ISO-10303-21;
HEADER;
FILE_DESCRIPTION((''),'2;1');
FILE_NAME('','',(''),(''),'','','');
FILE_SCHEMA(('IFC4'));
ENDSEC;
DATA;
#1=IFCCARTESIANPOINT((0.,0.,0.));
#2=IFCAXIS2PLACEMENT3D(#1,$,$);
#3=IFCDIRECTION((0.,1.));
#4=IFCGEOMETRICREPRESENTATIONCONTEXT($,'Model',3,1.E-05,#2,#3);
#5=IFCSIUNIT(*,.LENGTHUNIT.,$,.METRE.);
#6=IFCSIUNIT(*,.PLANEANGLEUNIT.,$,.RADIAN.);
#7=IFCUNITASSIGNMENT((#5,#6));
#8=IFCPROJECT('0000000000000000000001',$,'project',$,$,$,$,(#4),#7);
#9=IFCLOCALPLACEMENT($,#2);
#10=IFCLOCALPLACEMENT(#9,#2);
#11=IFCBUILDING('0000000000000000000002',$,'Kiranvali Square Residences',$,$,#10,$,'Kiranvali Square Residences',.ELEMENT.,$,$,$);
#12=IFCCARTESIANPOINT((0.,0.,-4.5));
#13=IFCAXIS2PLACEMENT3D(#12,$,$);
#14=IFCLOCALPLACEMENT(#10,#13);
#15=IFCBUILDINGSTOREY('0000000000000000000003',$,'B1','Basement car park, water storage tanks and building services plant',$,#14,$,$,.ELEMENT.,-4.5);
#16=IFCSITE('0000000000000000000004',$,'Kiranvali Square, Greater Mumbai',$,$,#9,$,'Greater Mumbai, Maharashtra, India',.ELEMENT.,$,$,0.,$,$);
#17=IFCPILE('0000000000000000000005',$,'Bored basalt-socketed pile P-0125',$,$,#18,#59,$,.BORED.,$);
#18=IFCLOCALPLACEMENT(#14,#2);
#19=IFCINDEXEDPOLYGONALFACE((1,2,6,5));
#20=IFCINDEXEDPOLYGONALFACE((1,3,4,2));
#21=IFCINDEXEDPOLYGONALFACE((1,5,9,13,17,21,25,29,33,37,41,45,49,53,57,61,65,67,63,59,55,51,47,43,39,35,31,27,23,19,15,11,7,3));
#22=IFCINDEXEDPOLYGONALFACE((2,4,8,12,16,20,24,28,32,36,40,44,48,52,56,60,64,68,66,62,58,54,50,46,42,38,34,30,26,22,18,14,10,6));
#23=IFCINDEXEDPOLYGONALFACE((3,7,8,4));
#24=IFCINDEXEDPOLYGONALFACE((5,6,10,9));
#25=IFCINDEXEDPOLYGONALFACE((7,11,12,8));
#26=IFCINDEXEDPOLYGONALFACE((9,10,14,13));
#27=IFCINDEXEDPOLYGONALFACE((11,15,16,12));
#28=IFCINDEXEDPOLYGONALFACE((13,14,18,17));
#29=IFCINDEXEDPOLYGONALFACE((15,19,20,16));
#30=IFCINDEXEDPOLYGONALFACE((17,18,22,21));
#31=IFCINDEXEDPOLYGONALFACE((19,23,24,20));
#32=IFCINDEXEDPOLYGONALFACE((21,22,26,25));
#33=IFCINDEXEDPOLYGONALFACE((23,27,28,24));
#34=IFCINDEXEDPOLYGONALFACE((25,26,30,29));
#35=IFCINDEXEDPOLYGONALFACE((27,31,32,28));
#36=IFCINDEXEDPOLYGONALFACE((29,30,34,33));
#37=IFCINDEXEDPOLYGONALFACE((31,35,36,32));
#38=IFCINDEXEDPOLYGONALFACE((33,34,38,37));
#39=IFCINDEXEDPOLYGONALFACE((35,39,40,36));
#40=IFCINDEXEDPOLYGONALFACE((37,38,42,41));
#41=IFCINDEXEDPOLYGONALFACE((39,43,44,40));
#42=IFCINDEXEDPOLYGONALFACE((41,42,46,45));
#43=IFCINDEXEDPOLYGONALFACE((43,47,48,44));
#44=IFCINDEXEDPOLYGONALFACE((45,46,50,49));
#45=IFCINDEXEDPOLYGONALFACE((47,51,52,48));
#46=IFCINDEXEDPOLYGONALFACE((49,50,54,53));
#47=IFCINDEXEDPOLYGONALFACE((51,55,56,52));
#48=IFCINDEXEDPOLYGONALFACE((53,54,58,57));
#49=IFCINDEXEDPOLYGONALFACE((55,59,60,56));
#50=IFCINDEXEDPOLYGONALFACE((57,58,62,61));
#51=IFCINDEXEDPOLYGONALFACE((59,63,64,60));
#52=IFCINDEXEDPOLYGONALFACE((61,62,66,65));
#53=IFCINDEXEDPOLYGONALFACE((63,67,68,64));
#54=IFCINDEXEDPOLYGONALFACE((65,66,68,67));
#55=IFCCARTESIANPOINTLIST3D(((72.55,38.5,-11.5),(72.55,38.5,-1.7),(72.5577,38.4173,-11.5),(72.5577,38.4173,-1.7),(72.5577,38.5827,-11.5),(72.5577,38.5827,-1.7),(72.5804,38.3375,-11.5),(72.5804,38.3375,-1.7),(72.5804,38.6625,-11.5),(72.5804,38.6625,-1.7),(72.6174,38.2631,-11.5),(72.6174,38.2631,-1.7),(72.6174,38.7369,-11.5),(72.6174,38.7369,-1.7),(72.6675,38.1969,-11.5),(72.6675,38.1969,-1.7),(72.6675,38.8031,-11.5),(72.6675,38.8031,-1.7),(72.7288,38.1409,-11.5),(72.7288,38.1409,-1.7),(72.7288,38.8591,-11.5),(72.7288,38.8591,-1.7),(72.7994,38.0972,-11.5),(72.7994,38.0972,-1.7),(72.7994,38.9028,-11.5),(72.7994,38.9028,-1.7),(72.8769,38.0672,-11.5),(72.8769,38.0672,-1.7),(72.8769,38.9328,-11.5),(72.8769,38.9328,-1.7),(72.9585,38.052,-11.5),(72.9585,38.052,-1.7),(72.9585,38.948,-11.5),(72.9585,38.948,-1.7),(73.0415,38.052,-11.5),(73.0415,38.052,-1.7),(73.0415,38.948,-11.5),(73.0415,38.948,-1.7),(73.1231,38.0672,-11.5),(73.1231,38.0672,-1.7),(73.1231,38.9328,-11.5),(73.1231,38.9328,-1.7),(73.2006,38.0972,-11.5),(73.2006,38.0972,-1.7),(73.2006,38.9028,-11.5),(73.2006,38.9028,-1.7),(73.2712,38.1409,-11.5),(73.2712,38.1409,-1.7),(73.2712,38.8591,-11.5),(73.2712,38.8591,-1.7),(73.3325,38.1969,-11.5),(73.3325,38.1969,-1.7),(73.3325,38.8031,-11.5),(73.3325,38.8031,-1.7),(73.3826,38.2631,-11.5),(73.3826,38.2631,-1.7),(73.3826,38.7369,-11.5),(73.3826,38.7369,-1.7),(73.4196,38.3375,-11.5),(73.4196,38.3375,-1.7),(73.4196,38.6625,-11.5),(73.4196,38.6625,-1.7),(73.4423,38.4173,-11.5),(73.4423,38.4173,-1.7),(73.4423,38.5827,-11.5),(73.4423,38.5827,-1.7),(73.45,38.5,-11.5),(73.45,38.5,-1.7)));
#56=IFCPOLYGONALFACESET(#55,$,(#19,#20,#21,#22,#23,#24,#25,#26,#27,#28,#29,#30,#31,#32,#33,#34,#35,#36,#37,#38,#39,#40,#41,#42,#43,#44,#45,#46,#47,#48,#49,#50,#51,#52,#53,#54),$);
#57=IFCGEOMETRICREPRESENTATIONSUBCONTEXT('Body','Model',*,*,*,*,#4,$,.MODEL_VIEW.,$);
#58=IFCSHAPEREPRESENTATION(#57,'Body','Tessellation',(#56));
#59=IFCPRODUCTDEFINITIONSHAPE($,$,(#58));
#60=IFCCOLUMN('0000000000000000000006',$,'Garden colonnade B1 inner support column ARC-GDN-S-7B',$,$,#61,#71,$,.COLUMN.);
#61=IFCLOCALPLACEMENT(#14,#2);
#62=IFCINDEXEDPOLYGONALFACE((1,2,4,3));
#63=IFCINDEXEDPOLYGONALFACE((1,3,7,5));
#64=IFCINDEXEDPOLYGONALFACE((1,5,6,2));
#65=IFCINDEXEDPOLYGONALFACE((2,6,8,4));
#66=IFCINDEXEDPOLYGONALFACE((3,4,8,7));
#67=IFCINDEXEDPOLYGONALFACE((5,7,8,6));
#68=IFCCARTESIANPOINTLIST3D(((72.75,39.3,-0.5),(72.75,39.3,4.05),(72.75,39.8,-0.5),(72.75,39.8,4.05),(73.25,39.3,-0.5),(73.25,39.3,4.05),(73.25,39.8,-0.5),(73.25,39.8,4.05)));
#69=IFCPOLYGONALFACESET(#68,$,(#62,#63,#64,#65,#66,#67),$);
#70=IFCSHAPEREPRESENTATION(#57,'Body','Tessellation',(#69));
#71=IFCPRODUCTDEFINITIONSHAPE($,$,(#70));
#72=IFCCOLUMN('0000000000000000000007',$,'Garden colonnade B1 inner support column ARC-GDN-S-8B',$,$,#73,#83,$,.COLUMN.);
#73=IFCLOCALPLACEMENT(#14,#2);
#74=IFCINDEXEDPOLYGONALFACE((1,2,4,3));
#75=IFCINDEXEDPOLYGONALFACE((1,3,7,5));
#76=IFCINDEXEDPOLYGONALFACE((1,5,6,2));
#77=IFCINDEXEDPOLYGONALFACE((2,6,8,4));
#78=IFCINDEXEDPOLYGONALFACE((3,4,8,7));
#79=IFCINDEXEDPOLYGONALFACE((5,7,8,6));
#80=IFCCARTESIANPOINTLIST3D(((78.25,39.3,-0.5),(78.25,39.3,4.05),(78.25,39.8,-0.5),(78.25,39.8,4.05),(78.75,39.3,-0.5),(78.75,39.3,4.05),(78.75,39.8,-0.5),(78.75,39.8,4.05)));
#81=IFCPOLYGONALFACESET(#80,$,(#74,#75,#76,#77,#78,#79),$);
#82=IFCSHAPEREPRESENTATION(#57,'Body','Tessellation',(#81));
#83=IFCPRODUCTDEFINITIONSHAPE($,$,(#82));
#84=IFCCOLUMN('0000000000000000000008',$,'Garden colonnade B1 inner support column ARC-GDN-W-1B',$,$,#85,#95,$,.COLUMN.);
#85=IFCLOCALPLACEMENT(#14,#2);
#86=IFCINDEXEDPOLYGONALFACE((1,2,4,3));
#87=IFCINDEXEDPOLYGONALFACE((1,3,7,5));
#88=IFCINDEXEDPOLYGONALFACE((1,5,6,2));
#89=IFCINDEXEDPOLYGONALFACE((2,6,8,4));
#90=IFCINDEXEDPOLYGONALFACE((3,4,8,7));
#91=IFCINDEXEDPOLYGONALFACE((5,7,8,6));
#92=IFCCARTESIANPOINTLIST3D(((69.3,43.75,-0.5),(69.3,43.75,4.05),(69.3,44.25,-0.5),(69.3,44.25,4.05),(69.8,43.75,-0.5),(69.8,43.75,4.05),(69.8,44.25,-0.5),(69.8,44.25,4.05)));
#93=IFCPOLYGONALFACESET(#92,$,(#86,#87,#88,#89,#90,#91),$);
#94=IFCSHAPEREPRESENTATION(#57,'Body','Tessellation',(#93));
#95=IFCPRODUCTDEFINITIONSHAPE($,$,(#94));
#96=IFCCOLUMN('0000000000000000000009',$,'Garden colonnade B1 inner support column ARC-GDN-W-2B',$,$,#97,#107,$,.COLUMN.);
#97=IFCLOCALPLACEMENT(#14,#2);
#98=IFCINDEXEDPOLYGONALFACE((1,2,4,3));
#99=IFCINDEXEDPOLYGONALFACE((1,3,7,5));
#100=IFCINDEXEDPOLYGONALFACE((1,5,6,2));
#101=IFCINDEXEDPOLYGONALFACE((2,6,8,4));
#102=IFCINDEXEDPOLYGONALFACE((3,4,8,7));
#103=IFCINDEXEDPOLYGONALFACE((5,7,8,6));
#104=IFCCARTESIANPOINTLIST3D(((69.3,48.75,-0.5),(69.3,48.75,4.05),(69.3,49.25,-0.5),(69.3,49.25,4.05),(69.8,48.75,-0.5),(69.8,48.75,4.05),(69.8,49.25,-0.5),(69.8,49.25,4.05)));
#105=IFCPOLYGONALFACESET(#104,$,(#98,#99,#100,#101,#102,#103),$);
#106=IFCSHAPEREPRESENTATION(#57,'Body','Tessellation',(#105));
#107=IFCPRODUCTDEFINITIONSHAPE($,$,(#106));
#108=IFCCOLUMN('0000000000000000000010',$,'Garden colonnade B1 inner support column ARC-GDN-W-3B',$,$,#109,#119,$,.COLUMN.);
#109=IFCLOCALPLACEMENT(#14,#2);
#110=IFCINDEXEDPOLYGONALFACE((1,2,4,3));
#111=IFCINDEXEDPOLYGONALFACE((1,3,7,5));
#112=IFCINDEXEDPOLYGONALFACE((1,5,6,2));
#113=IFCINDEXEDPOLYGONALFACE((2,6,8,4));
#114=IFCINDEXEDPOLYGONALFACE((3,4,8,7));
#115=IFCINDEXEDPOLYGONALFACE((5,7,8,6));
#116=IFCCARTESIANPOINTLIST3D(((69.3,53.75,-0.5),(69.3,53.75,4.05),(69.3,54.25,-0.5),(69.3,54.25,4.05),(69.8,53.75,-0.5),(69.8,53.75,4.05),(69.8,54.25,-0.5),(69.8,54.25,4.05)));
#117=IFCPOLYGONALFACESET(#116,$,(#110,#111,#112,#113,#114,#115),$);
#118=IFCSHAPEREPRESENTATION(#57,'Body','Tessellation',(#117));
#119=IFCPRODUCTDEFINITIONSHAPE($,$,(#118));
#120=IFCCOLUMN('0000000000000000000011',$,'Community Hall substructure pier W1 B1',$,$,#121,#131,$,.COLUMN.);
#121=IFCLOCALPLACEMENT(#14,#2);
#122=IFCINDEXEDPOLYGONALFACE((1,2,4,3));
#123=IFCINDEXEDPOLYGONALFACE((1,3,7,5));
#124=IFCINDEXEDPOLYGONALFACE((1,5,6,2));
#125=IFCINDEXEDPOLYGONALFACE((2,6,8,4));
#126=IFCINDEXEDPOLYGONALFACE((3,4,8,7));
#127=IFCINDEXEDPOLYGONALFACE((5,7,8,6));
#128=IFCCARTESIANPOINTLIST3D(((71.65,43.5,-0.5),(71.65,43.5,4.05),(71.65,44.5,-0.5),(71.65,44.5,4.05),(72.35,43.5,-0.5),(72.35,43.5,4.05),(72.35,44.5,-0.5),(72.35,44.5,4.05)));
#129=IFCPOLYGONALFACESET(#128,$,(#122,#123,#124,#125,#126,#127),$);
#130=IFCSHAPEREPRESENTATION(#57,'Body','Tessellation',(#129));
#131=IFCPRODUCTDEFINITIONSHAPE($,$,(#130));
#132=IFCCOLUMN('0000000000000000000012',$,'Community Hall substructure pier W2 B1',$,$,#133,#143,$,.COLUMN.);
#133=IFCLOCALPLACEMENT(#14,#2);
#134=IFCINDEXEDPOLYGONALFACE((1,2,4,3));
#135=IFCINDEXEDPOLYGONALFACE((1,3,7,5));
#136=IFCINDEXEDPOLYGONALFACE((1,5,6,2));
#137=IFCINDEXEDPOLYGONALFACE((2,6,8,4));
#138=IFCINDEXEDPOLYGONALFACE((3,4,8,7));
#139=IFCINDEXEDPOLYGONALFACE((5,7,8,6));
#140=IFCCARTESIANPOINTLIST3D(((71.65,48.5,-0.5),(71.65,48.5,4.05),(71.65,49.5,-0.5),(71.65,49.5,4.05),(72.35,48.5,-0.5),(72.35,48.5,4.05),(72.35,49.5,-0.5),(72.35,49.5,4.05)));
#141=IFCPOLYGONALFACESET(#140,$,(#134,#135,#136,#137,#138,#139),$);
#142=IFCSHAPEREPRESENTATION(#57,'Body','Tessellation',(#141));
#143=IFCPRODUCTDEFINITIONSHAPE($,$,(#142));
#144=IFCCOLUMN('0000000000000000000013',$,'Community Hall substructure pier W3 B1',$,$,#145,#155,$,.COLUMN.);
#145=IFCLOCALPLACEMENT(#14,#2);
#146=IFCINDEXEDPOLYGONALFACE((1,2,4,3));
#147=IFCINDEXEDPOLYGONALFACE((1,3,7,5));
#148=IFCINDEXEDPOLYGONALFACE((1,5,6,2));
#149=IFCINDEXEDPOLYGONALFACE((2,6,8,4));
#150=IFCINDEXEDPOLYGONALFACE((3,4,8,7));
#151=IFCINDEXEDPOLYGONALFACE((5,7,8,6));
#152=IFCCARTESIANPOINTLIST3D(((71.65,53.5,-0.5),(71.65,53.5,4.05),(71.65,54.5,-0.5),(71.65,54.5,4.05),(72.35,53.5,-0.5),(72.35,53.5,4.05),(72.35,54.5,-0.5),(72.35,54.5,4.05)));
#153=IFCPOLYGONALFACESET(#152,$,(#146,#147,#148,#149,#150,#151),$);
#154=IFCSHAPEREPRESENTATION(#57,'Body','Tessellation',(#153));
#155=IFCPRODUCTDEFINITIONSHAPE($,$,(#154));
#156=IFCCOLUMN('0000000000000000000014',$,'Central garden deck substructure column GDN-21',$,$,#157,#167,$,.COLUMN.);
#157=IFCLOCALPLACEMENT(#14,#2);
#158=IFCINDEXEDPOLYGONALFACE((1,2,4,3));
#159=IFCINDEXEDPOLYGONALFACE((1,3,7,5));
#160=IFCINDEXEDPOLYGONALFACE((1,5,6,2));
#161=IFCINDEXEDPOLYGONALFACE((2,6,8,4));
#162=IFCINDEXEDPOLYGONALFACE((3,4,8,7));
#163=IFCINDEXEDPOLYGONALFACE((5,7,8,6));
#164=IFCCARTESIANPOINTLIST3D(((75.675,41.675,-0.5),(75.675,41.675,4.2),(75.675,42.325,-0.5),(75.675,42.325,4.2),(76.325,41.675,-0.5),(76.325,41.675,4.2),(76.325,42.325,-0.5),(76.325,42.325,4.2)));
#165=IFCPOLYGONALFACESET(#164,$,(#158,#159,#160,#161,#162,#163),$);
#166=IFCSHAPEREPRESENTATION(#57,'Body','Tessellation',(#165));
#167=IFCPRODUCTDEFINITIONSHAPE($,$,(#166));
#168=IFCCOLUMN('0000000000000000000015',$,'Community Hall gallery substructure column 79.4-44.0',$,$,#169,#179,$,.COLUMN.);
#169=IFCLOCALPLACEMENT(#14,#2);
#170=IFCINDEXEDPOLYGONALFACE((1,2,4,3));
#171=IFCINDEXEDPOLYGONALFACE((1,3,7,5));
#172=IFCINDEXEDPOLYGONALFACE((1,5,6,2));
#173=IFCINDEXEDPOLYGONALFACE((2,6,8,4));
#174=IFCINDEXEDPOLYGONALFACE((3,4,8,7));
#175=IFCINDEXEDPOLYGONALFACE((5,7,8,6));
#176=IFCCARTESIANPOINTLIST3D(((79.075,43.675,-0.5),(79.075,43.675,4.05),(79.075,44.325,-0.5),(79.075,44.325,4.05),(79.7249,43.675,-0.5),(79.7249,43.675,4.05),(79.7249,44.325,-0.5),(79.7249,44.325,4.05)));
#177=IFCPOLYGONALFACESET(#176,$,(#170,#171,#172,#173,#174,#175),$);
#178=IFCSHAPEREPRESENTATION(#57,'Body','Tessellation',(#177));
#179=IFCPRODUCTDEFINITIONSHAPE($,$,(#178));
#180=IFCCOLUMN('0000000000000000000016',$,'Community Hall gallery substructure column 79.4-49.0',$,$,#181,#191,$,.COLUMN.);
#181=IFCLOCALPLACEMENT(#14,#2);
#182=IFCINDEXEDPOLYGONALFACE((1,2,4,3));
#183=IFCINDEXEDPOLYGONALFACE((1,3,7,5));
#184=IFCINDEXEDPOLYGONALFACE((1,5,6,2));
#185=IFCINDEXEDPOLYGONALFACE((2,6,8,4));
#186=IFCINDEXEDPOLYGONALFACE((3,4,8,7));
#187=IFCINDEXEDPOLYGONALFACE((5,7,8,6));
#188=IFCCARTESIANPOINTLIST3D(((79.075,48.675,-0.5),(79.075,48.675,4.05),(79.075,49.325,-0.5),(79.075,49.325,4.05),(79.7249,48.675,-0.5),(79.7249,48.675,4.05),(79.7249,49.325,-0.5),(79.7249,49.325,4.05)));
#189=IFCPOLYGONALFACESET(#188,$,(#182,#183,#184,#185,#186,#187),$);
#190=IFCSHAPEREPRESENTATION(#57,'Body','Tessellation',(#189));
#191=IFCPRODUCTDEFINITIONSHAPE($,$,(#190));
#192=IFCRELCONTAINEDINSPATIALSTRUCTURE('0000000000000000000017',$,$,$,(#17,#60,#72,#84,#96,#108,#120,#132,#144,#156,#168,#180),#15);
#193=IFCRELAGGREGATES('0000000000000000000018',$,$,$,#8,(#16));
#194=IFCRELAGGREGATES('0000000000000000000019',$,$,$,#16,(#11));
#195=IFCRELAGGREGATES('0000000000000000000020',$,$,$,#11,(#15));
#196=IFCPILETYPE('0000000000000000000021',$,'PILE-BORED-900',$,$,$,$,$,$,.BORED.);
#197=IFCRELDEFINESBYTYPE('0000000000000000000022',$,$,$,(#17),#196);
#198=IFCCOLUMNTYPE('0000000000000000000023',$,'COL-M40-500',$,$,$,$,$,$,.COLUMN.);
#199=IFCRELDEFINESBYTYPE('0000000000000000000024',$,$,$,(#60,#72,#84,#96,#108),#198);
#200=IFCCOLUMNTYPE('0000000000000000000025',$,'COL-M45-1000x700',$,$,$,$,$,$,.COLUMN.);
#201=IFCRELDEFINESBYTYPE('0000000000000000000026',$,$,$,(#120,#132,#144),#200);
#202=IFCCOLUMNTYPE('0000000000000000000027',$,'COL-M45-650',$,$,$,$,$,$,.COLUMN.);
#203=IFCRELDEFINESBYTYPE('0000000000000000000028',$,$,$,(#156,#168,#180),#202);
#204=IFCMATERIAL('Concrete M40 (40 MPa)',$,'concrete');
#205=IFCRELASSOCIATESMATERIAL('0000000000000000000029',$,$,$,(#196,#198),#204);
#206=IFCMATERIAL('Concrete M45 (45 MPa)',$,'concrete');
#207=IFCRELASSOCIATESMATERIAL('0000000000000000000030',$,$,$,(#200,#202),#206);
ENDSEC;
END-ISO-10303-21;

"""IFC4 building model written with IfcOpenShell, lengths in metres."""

from ifc_helpers import new_model, si_unit, direction, frame, origin, origin_2d, place, context, subcontext, project, spatial, rectangle, circle, extrude, material, material_profile, profile_set, type_object, element, save


model = new_model("IFC4")

# Units and contexts
model_context = context("Model", 3, precision=1e-05, world=origin(), true_north=direction((0.0, 1.0)))
body_context = subcontext(model_context, "Body", "Model", "MODEL_VIEW")
ifc_project = project(units=[si_unit("LENGTHUNIT", "METRE"), si_unit("PLANEANGLEUNIT", "RADIAN")], contexts=[model_context])

# Site, building, storey
site_placement = place(None, origin())
site = spatial("IfcSite", under=ifc_project, at=site_placement, Name="Kiranvali Square, Greater Mumbai", LongName="Greater Mumbai, Maharashtra, India", CompositionType="ELEMENT", RefElevation=0.0)
building_placement = place(site_placement, origin())
building = spatial("IfcBuilding", under=site, at=building_placement, Name="Kiranvali Square Residences", LongName="Kiranvali Square Residences", CompositionType="ELEMENT")
storey_placement = place(building_placement, frame((0.0, 0.0, -4.5)))
storey = spatial("IfcBuildingStorey", under=building, at=storey_placement, Name="B1", Description="Basement car park, water storage tanks and building services plant", CompositionType="ELEMENT", Elevation=-4.5)

# Shared definitions
ifc_material_1 = material(Name="Concrete M40 (40 MPa)", Category="concrete")

# Pile
ifc_material_profile_1 = material_profile(ifc_material_1, circle(Radius=0.45, at=origin_2d()), Name="BORED PILE 900")
ifc_profile_set_1 = profile_set([ifc_material_profile_1], Name="Concrete M40 (40 MPa)")
pile_type_1 = type_object("IfcPileType", Name="PILE-BORED-900", PredefinedType="BORED", material=ifc_profile_set_1)
pile_1_placement = place(storey_placement, frame((73.0, 38.5, -1.7), z_axis=(0.0, 0.0, -1.0), x_axis=(1.0, 0.0, 0.0)))
element("IfcPile", 1, at=pile_1_placement, inside=storey, type_object=pile_type_1, Name="Bored basalt-socketed pile P-0125", PredefinedType="BORED", context=body_context, shape_type="SweptSolid", body=[
    extrude(circle(Radius=0.45, at=origin_2d()), origin(), (0.0, 0.0, 1.0), 9.8),
])

# Columns
ifc_material_profile_2 = material_profile(ifc_material_1, rectangle(XDim=0.5, YDim=0.5, at=origin_2d()), Name="RC 500x500")
ifc_profile_set_2 = profile_set([ifc_material_profile_2], Name="Concrete M40 (40 MPa)")
column_type_1 = type_object("IfcColumnType", Name="COL-M40-500", PredefinedType="COLUMN", material=ifc_profile_set_2)
for number, where, z_axis, x_axis, name in (
    (2, (73.0, 39.55, -0.5), (0.0, 0.0, 1.0), (1.0, 0.0, 0.0), "Garden colonnade B1 inner support column ARC-GDN-S-7B"),
    (3, (78.5, 39.55, -0.5), (0.0, 0.0, 1.0), (1.0, 0.0, 0.0), "Garden colonnade B1 inner support column ARC-GDN-S-8B"),
    (4, (69.55, 44.0, -0.5), (0.0, 0.0, 1.0), (1.0, 0.0, 0.0), "Garden colonnade B1 inner support column ARC-GDN-W-1B"),
    (5, (69.55, 49.0, -0.5), (0.0, 0.0, 1.0), (1.0, 0.0, 0.0), "Garden colonnade B1 inner support column ARC-GDN-W-2B"),
    (6, (69.55, 54.0, -0.5), (0.0, 0.0, 1.0), (1.0, 0.0, 0.0), "Garden colonnade B1 inner support column ARC-GDN-W-3B"),
):
    element("IfcColumn", number, at=place(storey_placement, frame(where, z_axis=z_axis, x_axis=x_axis)), inside=storey, type_object=column_type_1, Name=name, PredefinedType="COLUMN", context=body_context, shape_type="SweptSolid", body=[
        extrude(rectangle(XDim=0.5, YDim=0.5, at=origin_2d()), origin(), (0.0, 0.0, 1.0), 4.55),
    ])
ifc_material_2 = material(Name="Concrete M45 (45 MPa)", Category="concrete")
ifc_material_profile_3 = material_profile(ifc_material_2, rectangle(XDim=0.7, YDim=1.0, at=origin_2d()), Name="RC 1000x700")
ifc_profile_set_3 = profile_set([ifc_material_profile_3], Name="Concrete M45 (45 MPa)")
column_type_2 = type_object("IfcColumnType", Name="COL-M45-1000x700", PredefinedType="COLUMN", material=ifc_profile_set_3)
for number, where, z_axis, x_axis, name in (
    (7, (72.0, 44.0, -0.5), (0.0, 0.0, 1.0), (1.0, 0.0, 0.0), "Community Hall substructure pier W1 B1"),
    (8, (72.0, 49.0, -0.5), (0.0, 0.0, 1.0), (1.0, 0.0, 0.0), "Community Hall substructure pier W2 B1"),
    (9, (72.0, 54.0, -0.5), (0.0, 0.0, 1.0), (1.0, 0.0, 0.0), "Community Hall substructure pier W3 B1"),
):
    element("IfcColumn", number, at=place(storey_placement, frame(where, z_axis=z_axis, x_axis=x_axis)), inside=storey, type_object=column_type_2, Name=name, PredefinedType="COLUMN", context=body_context, shape_type="SweptSolid", body=[
        extrude(rectangle(XDim=0.7, YDim=1.0, at=origin_2d()), origin(), (0.0, 0.0, 1.0), 4.55),
    ])
ifc_material_profile_4 = material_profile(ifc_material_2, rectangle(XDim=0.6499, YDim=0.6499, at=origin_2d()), Name="RC 650x650")
ifc_profile_set_4 = profile_set([ifc_material_profile_4], Name="Concrete M45 (45 MPa)")
column_type_3 = type_object("IfcColumnType", Name="COL-M45-650", PredefinedType="COLUMN", material=ifc_profile_set_4)
column_placement = place(storey_placement, frame((76.0, 42.0, -0.5), z_axis=(0.0, 0.0, 1.0), x_axis=(1.0, 0.0, 0.0)))
element("IfcColumn", 10, at=column_placement, inside=storey, type_object=column_type_3, Name="Central garden deck substructure column GDN-21", PredefinedType="COLUMN", context=body_context, shape_type="SweptSolid", body=[
    extrude(rectangle(XDim=0.6499, YDim=0.6499, at=origin_2d()), origin(), (0.0, 0.0, 1.0), 4.7),
])
for number, where, z_axis, x_axis, name in (
    (11, (79.3999, 44.0, -0.5), (0.0, 0.0, 1.0), (1.0, 0.0, 0.0), "Community Hall gallery substructure column 79.4-44.0"),
    (12, (79.3999, 49.0, -0.5), (0.0, 0.0, 1.0), (1.0, 0.0, 0.0), "Community Hall gallery substructure column 79.4-49.0"),
):
    element("IfcColumn", number, at=place(storey_placement, frame(where, z_axis=z_axis, x_axis=x_axis)), inside=storey, type_object=column_type_3, Name=name, PredefinedType="COLUMN", context=body_context, shape_type="SweptSolid", body=[
        extrude(rectangle(XDim=0.6499, YDim=0.6499, at=origin_2d()), origin(), (0.0, 0.0, 1.0), 4.55),
    ])

save(model, "model.ifc")
